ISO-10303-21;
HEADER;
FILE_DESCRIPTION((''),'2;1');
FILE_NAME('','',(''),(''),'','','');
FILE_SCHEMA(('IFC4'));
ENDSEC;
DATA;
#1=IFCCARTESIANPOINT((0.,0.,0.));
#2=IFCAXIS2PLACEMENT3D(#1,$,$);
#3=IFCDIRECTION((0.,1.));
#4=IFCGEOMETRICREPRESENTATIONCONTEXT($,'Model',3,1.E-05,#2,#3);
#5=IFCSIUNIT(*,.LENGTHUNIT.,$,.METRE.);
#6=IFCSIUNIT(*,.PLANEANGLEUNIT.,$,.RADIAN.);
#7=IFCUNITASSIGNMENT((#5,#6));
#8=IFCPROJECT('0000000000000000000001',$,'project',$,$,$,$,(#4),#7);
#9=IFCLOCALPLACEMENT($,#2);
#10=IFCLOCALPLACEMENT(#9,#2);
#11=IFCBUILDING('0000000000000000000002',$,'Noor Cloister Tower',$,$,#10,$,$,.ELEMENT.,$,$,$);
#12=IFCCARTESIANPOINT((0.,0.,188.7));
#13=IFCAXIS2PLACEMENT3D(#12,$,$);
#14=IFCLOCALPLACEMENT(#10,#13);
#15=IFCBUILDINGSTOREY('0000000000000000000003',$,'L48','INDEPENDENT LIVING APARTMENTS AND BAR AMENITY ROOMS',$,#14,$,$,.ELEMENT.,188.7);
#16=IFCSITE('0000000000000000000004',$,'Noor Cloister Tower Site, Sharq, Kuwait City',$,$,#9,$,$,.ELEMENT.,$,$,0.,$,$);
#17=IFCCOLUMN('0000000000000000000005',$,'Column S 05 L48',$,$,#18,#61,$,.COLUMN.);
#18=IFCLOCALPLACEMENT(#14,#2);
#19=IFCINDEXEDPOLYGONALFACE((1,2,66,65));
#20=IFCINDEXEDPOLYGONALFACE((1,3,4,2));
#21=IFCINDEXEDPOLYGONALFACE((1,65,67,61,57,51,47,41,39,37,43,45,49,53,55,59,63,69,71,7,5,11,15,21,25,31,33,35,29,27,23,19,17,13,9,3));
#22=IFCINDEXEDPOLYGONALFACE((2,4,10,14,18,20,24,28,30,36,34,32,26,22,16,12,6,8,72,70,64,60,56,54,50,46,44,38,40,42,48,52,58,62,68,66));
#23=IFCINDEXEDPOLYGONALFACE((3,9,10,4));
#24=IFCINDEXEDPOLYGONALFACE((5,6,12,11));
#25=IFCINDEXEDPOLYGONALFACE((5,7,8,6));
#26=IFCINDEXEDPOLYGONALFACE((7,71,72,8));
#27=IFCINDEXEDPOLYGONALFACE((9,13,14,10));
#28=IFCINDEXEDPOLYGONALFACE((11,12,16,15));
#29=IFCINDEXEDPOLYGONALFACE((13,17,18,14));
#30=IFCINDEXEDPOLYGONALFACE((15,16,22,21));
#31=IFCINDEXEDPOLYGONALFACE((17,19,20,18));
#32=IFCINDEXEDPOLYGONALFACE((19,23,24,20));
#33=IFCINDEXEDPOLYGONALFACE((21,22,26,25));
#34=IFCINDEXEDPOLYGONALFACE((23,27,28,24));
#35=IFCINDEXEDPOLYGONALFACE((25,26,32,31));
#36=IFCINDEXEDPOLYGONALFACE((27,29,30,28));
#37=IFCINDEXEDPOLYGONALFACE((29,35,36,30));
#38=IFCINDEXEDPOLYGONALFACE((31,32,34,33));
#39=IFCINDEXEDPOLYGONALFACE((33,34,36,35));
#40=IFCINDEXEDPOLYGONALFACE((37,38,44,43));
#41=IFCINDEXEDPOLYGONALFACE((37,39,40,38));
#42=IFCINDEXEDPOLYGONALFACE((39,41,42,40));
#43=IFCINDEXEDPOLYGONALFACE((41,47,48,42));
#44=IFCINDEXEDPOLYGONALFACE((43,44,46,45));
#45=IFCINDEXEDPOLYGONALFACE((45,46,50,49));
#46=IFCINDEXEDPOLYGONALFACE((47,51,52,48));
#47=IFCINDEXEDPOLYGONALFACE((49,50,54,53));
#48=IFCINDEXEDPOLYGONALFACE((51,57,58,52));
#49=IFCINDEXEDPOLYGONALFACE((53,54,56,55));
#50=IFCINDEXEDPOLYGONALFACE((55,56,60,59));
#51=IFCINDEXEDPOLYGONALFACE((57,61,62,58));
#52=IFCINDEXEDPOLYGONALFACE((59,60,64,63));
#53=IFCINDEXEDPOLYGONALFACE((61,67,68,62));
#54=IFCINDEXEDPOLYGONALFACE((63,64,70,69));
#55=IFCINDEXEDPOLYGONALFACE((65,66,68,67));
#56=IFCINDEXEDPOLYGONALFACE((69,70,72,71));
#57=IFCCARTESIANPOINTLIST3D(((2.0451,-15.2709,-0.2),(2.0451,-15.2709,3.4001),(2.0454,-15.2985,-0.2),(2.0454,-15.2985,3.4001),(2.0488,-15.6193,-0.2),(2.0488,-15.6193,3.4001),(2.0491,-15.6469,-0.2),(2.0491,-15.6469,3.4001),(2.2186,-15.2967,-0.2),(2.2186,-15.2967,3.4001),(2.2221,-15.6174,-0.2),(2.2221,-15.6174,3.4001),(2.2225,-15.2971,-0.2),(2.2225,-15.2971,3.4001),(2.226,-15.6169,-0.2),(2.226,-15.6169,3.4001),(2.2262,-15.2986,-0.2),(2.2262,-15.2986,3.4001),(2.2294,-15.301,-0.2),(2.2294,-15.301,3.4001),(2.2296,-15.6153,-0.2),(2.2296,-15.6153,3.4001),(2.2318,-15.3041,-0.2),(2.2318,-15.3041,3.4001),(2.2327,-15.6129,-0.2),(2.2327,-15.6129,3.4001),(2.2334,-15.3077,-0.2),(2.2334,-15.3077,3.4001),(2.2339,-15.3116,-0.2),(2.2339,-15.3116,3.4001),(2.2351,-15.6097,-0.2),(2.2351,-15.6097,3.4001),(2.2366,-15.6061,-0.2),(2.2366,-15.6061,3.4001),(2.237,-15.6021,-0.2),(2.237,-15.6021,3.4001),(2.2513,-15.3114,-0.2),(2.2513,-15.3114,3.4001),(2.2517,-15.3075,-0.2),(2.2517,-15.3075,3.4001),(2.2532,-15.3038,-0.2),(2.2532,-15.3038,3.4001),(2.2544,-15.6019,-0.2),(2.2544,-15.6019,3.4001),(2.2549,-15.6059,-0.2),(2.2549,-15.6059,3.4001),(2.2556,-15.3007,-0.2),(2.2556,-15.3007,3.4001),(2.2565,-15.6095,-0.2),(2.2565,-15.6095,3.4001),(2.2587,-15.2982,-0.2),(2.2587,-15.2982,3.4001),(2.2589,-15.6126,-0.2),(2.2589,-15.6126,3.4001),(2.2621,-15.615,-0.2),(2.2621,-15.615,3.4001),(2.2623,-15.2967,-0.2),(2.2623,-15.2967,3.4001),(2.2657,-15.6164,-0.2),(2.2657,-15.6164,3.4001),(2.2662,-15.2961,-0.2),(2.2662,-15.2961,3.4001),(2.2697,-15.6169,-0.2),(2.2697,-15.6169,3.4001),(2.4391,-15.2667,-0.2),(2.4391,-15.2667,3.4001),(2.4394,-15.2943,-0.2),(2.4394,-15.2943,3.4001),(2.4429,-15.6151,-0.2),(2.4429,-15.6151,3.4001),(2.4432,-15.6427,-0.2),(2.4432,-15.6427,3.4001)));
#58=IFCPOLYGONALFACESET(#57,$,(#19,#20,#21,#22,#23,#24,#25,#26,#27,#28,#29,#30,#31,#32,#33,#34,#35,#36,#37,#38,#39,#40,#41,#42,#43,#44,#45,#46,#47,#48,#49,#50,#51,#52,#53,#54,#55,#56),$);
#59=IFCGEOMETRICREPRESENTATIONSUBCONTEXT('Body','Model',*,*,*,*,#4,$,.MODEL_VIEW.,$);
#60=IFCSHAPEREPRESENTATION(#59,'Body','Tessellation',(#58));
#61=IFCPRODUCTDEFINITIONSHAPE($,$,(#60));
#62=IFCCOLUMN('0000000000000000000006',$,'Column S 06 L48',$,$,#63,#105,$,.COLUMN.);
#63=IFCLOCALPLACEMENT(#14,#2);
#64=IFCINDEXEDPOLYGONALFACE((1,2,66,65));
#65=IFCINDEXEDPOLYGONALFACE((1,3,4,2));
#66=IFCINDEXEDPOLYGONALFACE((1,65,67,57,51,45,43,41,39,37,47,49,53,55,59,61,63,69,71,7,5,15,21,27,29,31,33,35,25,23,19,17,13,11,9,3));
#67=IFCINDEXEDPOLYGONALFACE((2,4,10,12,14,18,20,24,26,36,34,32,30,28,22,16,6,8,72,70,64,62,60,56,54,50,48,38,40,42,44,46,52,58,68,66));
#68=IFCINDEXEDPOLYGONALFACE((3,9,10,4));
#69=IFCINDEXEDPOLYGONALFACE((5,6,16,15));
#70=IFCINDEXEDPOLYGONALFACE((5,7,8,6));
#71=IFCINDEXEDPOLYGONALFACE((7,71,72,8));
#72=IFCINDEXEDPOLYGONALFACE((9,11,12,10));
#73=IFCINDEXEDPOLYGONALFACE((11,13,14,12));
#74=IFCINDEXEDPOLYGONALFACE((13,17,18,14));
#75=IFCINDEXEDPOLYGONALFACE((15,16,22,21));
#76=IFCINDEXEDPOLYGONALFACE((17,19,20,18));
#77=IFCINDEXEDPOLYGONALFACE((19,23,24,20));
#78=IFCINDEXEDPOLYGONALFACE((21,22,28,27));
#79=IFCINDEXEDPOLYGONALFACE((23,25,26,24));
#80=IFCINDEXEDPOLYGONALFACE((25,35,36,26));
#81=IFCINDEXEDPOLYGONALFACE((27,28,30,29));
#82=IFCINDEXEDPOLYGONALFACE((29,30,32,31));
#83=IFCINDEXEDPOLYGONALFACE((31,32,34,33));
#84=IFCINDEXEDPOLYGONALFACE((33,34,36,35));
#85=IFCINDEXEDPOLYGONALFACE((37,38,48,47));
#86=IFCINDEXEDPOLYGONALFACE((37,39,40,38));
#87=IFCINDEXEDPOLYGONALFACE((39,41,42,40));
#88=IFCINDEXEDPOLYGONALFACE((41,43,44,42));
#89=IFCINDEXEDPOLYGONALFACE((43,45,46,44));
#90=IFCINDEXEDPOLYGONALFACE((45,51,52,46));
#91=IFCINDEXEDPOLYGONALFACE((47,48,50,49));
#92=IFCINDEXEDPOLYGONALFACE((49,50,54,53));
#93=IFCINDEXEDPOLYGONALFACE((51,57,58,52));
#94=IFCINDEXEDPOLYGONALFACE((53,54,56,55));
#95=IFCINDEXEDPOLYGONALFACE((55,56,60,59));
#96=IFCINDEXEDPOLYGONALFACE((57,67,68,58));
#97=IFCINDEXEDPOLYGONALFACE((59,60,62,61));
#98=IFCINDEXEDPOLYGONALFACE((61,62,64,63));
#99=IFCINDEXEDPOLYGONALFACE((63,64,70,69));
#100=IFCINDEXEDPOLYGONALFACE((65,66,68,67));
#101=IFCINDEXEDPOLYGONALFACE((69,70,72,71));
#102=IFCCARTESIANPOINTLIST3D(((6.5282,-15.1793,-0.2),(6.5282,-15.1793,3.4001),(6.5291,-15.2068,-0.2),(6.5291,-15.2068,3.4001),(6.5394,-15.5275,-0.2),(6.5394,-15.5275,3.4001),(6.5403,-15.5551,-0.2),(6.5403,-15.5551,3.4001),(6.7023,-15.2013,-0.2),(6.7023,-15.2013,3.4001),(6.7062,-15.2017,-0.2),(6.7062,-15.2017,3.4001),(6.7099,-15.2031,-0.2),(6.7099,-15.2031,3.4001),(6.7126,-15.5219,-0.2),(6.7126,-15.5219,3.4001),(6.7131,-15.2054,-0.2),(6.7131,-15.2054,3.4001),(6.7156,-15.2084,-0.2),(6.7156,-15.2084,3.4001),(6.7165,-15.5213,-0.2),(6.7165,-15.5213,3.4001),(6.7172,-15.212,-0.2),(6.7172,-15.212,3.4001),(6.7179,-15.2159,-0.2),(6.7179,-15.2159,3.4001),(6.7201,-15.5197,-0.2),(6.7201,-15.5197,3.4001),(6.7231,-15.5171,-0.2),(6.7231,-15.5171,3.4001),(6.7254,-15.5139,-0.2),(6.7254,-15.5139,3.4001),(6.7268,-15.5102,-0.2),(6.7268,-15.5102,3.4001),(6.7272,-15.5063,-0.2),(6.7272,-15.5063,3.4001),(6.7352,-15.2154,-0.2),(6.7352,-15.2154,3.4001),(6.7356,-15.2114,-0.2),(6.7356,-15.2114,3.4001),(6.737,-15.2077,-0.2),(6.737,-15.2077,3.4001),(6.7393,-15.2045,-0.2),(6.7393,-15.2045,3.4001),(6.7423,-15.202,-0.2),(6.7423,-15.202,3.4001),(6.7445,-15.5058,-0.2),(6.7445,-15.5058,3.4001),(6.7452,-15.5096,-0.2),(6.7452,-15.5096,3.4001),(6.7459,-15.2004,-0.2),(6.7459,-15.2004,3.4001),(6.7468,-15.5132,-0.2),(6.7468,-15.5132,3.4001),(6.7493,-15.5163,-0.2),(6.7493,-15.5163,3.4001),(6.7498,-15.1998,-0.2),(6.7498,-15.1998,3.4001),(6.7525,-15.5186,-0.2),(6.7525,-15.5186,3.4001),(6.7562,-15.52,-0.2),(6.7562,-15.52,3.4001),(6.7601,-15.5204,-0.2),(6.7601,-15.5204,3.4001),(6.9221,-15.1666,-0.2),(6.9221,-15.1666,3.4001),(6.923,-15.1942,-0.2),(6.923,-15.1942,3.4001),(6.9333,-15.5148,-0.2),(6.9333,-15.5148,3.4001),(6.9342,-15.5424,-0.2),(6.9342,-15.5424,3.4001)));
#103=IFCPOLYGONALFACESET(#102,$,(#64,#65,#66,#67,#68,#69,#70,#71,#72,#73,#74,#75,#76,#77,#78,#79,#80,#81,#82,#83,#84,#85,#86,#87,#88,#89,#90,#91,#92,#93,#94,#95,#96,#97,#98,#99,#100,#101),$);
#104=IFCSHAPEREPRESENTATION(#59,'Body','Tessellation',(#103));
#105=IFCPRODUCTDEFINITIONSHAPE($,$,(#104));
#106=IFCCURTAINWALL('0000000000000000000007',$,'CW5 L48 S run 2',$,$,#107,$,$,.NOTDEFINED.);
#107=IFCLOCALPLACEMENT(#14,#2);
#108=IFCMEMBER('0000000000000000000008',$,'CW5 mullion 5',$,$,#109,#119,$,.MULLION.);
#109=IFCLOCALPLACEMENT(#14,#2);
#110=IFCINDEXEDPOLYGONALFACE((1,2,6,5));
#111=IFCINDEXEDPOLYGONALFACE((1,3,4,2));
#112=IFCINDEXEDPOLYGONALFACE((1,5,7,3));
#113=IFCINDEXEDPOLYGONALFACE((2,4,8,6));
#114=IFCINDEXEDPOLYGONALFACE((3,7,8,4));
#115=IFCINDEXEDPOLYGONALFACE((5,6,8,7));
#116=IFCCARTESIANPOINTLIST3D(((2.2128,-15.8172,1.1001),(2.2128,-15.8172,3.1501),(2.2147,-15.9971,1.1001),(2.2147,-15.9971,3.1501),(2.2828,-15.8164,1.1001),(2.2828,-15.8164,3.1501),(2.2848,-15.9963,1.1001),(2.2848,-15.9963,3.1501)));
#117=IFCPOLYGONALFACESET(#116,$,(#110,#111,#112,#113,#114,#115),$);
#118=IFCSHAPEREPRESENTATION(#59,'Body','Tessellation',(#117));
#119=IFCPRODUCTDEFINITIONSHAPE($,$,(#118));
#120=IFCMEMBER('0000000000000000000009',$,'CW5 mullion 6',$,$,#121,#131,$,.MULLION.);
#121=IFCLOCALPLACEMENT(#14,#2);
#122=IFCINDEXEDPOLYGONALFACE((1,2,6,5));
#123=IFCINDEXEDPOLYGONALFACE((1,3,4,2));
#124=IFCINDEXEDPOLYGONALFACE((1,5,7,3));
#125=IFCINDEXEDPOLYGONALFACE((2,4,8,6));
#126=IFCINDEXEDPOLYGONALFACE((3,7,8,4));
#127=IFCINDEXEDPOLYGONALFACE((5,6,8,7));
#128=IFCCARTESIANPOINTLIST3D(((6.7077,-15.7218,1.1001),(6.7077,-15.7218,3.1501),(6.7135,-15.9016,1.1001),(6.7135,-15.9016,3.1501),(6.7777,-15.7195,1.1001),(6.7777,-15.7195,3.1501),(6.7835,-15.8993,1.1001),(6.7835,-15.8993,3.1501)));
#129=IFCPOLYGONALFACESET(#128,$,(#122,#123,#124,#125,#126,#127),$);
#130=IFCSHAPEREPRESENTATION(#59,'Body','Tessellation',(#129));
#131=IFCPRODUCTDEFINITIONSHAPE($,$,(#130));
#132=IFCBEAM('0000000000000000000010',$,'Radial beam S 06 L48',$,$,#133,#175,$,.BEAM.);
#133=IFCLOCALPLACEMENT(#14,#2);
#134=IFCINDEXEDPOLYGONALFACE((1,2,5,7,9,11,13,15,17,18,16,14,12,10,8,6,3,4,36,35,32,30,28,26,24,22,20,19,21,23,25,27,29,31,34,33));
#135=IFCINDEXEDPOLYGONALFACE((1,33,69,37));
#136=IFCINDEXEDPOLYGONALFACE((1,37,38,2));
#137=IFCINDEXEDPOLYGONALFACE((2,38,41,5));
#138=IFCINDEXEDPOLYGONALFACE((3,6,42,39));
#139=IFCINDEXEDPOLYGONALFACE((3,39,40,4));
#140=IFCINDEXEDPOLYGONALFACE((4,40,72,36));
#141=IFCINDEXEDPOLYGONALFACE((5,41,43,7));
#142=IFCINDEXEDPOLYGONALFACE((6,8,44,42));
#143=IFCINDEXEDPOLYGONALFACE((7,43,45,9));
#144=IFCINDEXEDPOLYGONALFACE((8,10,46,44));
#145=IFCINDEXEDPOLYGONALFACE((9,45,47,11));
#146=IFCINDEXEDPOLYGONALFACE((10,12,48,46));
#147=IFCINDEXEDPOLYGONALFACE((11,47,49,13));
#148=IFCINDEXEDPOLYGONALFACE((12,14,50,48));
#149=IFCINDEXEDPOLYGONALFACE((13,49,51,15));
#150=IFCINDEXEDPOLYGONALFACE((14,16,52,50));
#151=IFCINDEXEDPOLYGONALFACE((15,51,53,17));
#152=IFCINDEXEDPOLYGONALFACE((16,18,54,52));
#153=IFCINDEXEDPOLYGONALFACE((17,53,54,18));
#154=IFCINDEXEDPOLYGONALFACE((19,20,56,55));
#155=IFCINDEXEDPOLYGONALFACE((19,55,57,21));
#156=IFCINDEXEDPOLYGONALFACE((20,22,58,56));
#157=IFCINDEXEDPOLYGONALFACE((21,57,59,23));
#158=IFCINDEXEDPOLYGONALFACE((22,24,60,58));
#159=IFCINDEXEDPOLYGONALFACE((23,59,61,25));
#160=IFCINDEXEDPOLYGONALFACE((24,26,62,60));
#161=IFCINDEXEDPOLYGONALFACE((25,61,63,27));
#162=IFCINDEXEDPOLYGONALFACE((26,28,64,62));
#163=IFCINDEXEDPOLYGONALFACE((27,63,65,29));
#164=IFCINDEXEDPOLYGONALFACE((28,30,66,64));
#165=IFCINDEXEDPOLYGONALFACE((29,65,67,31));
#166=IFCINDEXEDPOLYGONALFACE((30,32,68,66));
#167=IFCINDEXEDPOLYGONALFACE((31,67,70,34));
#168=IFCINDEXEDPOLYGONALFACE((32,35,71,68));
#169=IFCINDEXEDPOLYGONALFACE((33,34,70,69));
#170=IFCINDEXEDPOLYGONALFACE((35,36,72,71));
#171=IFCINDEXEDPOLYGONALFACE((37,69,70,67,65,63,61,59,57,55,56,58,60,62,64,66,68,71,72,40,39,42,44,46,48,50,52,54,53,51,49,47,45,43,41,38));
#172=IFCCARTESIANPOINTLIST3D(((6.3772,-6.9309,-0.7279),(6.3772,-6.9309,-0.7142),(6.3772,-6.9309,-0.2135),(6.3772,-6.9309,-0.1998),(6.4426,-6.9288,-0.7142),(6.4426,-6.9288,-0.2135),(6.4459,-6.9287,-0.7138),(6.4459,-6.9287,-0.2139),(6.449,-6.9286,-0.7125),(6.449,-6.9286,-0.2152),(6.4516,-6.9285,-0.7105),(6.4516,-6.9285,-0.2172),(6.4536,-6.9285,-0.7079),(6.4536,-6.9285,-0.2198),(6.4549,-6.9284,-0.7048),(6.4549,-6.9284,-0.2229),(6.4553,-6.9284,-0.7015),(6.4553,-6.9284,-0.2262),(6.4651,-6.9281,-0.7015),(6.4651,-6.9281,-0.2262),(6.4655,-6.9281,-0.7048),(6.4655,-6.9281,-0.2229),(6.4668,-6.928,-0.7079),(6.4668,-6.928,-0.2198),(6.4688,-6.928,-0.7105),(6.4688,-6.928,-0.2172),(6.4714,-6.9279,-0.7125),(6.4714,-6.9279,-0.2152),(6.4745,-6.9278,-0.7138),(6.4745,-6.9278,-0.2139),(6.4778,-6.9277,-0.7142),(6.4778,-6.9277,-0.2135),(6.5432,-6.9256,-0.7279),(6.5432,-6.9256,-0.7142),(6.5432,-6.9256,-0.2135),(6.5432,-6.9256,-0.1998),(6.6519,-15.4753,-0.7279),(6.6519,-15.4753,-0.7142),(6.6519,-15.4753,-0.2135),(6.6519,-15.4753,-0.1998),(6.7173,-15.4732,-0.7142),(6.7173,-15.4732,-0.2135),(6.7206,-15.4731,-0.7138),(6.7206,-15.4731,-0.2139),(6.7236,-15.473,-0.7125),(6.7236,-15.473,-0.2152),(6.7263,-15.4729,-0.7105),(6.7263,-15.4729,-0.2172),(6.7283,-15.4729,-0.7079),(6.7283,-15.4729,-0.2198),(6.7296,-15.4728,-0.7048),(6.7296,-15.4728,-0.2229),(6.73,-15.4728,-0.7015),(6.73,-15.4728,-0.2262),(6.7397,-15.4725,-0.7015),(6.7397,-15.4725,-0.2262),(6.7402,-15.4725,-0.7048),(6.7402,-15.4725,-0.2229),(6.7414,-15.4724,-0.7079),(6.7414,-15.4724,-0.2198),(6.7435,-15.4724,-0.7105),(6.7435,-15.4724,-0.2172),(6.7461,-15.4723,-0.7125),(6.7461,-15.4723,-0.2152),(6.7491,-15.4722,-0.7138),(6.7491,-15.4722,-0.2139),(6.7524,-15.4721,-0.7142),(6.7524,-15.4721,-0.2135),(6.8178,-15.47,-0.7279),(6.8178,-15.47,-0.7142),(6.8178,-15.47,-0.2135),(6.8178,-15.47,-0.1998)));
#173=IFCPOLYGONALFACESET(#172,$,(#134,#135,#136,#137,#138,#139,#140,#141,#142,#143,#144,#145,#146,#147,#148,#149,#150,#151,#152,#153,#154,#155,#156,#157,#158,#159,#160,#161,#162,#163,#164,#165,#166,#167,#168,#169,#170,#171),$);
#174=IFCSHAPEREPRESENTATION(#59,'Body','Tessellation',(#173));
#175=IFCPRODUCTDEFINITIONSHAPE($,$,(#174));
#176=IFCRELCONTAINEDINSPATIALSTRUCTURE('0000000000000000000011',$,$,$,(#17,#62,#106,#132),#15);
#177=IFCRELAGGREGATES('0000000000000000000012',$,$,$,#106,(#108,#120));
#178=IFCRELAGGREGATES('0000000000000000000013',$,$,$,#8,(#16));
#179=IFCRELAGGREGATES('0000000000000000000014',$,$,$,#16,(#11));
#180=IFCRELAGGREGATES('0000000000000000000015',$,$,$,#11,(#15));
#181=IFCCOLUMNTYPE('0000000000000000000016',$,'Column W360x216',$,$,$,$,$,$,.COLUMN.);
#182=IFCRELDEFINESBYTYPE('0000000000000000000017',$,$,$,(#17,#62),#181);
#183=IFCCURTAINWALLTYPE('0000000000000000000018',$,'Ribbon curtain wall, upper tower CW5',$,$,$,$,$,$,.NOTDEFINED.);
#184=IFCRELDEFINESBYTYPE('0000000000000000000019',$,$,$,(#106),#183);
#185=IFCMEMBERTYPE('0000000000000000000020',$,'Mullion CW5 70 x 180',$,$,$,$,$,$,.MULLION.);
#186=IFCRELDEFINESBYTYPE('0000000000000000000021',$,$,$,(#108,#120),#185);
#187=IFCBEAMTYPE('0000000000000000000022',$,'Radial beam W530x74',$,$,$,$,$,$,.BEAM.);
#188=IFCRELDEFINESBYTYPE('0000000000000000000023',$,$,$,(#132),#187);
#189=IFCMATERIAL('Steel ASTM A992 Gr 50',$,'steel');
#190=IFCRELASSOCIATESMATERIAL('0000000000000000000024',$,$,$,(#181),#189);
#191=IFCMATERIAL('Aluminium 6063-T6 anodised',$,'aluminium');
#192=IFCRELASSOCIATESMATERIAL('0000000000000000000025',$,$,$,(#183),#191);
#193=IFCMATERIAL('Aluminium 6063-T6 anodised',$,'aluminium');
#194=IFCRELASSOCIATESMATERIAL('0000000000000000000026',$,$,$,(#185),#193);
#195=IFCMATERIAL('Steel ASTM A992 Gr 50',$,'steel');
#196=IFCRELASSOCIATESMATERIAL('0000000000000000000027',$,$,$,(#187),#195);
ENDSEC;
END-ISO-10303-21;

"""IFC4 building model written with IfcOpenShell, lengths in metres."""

from ifc_helpers import new_model, si_unit, direction, frame, origin, origin_2d, place, context, subcontext, project, spatial, rectangle, i_section, extrude, material, material_profile, profile_set, type_object, element, aggregate, save


model = new_model("IFC4")

# Units and contexts
model_context = context("Model", 3, precision=1e-05, world=origin(), true_north=direction((0.0, 1.0)))
body_context = subcontext(model_context, "Body", "Model", "MODEL_VIEW")
ifc_project = project(units=[si_unit("LENGTHUNIT", "METRE"), si_unit("PLANEANGLEUNIT", "RADIAN")], contexts=[model_context])

# Site, building, storey
site_placement = place(None, origin())
site = spatial("IfcSite", under=ifc_project, at=site_placement, Name="Noor Cloister Tower Site, Sharq, Kuwait City", CompositionType="ELEMENT", RefElevation=0.0)
building_placement = place(site_placement, origin())
building = spatial("IfcBuilding", under=site, at=building_placement, Name="Noor Cloister Tower", CompositionType="ELEMENT")
storey_placement = place(building_placement, frame((0.0, 0.0, 188.7)))
storey = spatial("IfcBuildingStorey", under=building, at=storey_placement, Name="L48", Description="INDEPENDENT LIVING APARTMENTS AND BAR AMENITY ROOMS", CompositionType="ELEMENT", Elevation=188.7)

# Columns
ifc_material_1 = material(Name="Steel ASTM A992 Gr 50", Category="steel")
ifc_material_profile_1 = material_profile(ifc_material_1, i_section(OverallWidth=0.394, OverallDepth=0.376, WebThickness=0.0173, FlangeThickness=0.0276, FilletRadius=0.0151, at=origin_2d()), Name="W360x216")
ifc_profile_set_1 = profile_set([ifc_material_profile_1], Name="Steel ASTM A992 Gr 50")
column_type = type_object("IfcColumnType", Name="Column W360x216", PredefinedType="COLUMN", material=ifc_profile_set_1)
for number, where, z_axis, x_axis, name in (
    (1, (2.2441, -15.4568, -0.2), (0.0, 0.0, 1.0), (0.999943, 0.010704, 0.0), "Column S 05 L48"),
    (2, (6.7312, -15.3608, -0.2), (0.0, 0.0, 1.0), (0.999484, 0.032107, 0.0), "Column S 06 L48"),
):
    element("IfcColumn", number, at=place(storey_placement, frame(where, z_axis=z_axis, x_axis=x_axis)), inside=storey, type_object=column_type, Name=name, PredefinedType="COLUMN", context=body_context, shape_type="SweptSolid", body=[
        extrude(i_section(OverallWidth=0.394, OverallDepth=0.376, WebThickness=0.0173, FlangeThickness=0.0276, FilletRadius=0.0151, at=origin_2d()), origin(), (0.0, 0.0, 1.0), 3.6001),
    ])

# Curtain wall, members
ifc_material_2 = material(Name="Aluminium 6063-T6 anodised", Category="aluminium")
curtain_wall_type = type_object("IfcCurtainWallType", Name="Ribbon curtain wall, upper tower CW5", PredefinedType="NOTDEFINED", material=ifc_material_2)
curtain_wall_placement = place(storey_placement, origin())
curtain_wall = element("IfcCurtainWall", 3, at=curtain_wall_placement, inside=storey, type_object=curtain_wall_type, Name="CW5 L48 S run 2", PredefinedType="NOTDEFINED")
ifc_material_3 = material(Name="Aluminium 6063-T6 anodised", Category="aluminium")
ifc_material_profile_2 = material_profile(ifc_material_3, rectangle(XDim=0.1799, YDim=0.0701, at=origin_2d()), Name="180 x 70 mullion")
ifc_profile_set_2 = profile_set([ifc_material_profile_2], Name="Aluminium 6063-T6 anodised")
member_type = type_object("IfcMemberType", Name="Mullion CW5 70 x 180", PredefinedType="MULLION", material=ifc_profile_set_2)
member_1_placement = place(storey_placement, frame((2.2488, -15.9067, 1.1001), z_axis=(0.0, 0.0, 1.0), x_axis=(-0.010704, 0.999943, 0.0)))
member_1 = element("IfcMember", 4, at=member_1_placement, type_object=member_type, Name="CW5 mullion 5", PredefinedType="MULLION", context=body_context, shape_type="SweptSolid", body=[
    extrude(rectangle(XDim=0.1799, YDim=0.0701, at=origin_2d()), origin(), (0.0, 0.0, 1.0), 2.05),
])
member_2_placement = place(storey_placement, frame((6.7456, -15.8105, 1.1001), z_axis=(0.0, 0.0, 1.0), x_axis=(-0.032107, 0.999484, 0.0)))
member_2 = element("IfcMember", 5, at=member_2_placement, type_object=member_type, Name="CW5 mullion 6", PredefinedType="MULLION", context=body_context, shape_type="SweptSolid", body=[
    extrude(rectangle(XDim=0.1799, YDim=0.0701, at=origin_2d()), origin(), (0.0, 0.0, 1.0), 2.05),
])

# Beam
ifc_material_4 = material(Name="Steel ASTM A992 Gr 50", Category="steel")
ifc_material_profile_3 = material_profile(ifc_material_4, i_section(OverallWidth=0.166, OverallDepth=0.5281, WebThickness=0.0098, FlangeThickness=0.0137, FilletRadius=0.0127, at=origin_2d()), Name="W530x74")
ifc_profile_set_3 = profile_set([ifc_material_profile_3], Name="Steel ASTM A992 Gr 50")
beam_type_1 = type_object("IfcBeamType", Name="Radial beam W530x74", PredefinedType="BEAM", material=ifc_profile_set_3)
beam_1_placement = place(storey_placement, frame((6.7349, -15.4727, -0.4639), z_axis=(-0.032128, 0.999484, 0.0), x_axis=(-0.999484, -0.032128, 0.0)))
element("IfcBeam", 6, at=beam_1_placement, inside=storey, type_object=beam_type_1, Name="Radial beam S 06 L48", PredefinedType="BEAM", context=body_context, shape_type="SweptSolid", body=[
    extrude(i_section(OverallWidth=0.166, OverallDepth=0.5281, WebThickness=0.0098, FlangeThickness=0.0137, FilletRadius=0.0127, at=origin_2d()), origin(), (0.0, 0.0, 1.0), 8.5488),
])

aggregate(curtain_wall, [member_1, member_2])

save(model, "model.ifc")
